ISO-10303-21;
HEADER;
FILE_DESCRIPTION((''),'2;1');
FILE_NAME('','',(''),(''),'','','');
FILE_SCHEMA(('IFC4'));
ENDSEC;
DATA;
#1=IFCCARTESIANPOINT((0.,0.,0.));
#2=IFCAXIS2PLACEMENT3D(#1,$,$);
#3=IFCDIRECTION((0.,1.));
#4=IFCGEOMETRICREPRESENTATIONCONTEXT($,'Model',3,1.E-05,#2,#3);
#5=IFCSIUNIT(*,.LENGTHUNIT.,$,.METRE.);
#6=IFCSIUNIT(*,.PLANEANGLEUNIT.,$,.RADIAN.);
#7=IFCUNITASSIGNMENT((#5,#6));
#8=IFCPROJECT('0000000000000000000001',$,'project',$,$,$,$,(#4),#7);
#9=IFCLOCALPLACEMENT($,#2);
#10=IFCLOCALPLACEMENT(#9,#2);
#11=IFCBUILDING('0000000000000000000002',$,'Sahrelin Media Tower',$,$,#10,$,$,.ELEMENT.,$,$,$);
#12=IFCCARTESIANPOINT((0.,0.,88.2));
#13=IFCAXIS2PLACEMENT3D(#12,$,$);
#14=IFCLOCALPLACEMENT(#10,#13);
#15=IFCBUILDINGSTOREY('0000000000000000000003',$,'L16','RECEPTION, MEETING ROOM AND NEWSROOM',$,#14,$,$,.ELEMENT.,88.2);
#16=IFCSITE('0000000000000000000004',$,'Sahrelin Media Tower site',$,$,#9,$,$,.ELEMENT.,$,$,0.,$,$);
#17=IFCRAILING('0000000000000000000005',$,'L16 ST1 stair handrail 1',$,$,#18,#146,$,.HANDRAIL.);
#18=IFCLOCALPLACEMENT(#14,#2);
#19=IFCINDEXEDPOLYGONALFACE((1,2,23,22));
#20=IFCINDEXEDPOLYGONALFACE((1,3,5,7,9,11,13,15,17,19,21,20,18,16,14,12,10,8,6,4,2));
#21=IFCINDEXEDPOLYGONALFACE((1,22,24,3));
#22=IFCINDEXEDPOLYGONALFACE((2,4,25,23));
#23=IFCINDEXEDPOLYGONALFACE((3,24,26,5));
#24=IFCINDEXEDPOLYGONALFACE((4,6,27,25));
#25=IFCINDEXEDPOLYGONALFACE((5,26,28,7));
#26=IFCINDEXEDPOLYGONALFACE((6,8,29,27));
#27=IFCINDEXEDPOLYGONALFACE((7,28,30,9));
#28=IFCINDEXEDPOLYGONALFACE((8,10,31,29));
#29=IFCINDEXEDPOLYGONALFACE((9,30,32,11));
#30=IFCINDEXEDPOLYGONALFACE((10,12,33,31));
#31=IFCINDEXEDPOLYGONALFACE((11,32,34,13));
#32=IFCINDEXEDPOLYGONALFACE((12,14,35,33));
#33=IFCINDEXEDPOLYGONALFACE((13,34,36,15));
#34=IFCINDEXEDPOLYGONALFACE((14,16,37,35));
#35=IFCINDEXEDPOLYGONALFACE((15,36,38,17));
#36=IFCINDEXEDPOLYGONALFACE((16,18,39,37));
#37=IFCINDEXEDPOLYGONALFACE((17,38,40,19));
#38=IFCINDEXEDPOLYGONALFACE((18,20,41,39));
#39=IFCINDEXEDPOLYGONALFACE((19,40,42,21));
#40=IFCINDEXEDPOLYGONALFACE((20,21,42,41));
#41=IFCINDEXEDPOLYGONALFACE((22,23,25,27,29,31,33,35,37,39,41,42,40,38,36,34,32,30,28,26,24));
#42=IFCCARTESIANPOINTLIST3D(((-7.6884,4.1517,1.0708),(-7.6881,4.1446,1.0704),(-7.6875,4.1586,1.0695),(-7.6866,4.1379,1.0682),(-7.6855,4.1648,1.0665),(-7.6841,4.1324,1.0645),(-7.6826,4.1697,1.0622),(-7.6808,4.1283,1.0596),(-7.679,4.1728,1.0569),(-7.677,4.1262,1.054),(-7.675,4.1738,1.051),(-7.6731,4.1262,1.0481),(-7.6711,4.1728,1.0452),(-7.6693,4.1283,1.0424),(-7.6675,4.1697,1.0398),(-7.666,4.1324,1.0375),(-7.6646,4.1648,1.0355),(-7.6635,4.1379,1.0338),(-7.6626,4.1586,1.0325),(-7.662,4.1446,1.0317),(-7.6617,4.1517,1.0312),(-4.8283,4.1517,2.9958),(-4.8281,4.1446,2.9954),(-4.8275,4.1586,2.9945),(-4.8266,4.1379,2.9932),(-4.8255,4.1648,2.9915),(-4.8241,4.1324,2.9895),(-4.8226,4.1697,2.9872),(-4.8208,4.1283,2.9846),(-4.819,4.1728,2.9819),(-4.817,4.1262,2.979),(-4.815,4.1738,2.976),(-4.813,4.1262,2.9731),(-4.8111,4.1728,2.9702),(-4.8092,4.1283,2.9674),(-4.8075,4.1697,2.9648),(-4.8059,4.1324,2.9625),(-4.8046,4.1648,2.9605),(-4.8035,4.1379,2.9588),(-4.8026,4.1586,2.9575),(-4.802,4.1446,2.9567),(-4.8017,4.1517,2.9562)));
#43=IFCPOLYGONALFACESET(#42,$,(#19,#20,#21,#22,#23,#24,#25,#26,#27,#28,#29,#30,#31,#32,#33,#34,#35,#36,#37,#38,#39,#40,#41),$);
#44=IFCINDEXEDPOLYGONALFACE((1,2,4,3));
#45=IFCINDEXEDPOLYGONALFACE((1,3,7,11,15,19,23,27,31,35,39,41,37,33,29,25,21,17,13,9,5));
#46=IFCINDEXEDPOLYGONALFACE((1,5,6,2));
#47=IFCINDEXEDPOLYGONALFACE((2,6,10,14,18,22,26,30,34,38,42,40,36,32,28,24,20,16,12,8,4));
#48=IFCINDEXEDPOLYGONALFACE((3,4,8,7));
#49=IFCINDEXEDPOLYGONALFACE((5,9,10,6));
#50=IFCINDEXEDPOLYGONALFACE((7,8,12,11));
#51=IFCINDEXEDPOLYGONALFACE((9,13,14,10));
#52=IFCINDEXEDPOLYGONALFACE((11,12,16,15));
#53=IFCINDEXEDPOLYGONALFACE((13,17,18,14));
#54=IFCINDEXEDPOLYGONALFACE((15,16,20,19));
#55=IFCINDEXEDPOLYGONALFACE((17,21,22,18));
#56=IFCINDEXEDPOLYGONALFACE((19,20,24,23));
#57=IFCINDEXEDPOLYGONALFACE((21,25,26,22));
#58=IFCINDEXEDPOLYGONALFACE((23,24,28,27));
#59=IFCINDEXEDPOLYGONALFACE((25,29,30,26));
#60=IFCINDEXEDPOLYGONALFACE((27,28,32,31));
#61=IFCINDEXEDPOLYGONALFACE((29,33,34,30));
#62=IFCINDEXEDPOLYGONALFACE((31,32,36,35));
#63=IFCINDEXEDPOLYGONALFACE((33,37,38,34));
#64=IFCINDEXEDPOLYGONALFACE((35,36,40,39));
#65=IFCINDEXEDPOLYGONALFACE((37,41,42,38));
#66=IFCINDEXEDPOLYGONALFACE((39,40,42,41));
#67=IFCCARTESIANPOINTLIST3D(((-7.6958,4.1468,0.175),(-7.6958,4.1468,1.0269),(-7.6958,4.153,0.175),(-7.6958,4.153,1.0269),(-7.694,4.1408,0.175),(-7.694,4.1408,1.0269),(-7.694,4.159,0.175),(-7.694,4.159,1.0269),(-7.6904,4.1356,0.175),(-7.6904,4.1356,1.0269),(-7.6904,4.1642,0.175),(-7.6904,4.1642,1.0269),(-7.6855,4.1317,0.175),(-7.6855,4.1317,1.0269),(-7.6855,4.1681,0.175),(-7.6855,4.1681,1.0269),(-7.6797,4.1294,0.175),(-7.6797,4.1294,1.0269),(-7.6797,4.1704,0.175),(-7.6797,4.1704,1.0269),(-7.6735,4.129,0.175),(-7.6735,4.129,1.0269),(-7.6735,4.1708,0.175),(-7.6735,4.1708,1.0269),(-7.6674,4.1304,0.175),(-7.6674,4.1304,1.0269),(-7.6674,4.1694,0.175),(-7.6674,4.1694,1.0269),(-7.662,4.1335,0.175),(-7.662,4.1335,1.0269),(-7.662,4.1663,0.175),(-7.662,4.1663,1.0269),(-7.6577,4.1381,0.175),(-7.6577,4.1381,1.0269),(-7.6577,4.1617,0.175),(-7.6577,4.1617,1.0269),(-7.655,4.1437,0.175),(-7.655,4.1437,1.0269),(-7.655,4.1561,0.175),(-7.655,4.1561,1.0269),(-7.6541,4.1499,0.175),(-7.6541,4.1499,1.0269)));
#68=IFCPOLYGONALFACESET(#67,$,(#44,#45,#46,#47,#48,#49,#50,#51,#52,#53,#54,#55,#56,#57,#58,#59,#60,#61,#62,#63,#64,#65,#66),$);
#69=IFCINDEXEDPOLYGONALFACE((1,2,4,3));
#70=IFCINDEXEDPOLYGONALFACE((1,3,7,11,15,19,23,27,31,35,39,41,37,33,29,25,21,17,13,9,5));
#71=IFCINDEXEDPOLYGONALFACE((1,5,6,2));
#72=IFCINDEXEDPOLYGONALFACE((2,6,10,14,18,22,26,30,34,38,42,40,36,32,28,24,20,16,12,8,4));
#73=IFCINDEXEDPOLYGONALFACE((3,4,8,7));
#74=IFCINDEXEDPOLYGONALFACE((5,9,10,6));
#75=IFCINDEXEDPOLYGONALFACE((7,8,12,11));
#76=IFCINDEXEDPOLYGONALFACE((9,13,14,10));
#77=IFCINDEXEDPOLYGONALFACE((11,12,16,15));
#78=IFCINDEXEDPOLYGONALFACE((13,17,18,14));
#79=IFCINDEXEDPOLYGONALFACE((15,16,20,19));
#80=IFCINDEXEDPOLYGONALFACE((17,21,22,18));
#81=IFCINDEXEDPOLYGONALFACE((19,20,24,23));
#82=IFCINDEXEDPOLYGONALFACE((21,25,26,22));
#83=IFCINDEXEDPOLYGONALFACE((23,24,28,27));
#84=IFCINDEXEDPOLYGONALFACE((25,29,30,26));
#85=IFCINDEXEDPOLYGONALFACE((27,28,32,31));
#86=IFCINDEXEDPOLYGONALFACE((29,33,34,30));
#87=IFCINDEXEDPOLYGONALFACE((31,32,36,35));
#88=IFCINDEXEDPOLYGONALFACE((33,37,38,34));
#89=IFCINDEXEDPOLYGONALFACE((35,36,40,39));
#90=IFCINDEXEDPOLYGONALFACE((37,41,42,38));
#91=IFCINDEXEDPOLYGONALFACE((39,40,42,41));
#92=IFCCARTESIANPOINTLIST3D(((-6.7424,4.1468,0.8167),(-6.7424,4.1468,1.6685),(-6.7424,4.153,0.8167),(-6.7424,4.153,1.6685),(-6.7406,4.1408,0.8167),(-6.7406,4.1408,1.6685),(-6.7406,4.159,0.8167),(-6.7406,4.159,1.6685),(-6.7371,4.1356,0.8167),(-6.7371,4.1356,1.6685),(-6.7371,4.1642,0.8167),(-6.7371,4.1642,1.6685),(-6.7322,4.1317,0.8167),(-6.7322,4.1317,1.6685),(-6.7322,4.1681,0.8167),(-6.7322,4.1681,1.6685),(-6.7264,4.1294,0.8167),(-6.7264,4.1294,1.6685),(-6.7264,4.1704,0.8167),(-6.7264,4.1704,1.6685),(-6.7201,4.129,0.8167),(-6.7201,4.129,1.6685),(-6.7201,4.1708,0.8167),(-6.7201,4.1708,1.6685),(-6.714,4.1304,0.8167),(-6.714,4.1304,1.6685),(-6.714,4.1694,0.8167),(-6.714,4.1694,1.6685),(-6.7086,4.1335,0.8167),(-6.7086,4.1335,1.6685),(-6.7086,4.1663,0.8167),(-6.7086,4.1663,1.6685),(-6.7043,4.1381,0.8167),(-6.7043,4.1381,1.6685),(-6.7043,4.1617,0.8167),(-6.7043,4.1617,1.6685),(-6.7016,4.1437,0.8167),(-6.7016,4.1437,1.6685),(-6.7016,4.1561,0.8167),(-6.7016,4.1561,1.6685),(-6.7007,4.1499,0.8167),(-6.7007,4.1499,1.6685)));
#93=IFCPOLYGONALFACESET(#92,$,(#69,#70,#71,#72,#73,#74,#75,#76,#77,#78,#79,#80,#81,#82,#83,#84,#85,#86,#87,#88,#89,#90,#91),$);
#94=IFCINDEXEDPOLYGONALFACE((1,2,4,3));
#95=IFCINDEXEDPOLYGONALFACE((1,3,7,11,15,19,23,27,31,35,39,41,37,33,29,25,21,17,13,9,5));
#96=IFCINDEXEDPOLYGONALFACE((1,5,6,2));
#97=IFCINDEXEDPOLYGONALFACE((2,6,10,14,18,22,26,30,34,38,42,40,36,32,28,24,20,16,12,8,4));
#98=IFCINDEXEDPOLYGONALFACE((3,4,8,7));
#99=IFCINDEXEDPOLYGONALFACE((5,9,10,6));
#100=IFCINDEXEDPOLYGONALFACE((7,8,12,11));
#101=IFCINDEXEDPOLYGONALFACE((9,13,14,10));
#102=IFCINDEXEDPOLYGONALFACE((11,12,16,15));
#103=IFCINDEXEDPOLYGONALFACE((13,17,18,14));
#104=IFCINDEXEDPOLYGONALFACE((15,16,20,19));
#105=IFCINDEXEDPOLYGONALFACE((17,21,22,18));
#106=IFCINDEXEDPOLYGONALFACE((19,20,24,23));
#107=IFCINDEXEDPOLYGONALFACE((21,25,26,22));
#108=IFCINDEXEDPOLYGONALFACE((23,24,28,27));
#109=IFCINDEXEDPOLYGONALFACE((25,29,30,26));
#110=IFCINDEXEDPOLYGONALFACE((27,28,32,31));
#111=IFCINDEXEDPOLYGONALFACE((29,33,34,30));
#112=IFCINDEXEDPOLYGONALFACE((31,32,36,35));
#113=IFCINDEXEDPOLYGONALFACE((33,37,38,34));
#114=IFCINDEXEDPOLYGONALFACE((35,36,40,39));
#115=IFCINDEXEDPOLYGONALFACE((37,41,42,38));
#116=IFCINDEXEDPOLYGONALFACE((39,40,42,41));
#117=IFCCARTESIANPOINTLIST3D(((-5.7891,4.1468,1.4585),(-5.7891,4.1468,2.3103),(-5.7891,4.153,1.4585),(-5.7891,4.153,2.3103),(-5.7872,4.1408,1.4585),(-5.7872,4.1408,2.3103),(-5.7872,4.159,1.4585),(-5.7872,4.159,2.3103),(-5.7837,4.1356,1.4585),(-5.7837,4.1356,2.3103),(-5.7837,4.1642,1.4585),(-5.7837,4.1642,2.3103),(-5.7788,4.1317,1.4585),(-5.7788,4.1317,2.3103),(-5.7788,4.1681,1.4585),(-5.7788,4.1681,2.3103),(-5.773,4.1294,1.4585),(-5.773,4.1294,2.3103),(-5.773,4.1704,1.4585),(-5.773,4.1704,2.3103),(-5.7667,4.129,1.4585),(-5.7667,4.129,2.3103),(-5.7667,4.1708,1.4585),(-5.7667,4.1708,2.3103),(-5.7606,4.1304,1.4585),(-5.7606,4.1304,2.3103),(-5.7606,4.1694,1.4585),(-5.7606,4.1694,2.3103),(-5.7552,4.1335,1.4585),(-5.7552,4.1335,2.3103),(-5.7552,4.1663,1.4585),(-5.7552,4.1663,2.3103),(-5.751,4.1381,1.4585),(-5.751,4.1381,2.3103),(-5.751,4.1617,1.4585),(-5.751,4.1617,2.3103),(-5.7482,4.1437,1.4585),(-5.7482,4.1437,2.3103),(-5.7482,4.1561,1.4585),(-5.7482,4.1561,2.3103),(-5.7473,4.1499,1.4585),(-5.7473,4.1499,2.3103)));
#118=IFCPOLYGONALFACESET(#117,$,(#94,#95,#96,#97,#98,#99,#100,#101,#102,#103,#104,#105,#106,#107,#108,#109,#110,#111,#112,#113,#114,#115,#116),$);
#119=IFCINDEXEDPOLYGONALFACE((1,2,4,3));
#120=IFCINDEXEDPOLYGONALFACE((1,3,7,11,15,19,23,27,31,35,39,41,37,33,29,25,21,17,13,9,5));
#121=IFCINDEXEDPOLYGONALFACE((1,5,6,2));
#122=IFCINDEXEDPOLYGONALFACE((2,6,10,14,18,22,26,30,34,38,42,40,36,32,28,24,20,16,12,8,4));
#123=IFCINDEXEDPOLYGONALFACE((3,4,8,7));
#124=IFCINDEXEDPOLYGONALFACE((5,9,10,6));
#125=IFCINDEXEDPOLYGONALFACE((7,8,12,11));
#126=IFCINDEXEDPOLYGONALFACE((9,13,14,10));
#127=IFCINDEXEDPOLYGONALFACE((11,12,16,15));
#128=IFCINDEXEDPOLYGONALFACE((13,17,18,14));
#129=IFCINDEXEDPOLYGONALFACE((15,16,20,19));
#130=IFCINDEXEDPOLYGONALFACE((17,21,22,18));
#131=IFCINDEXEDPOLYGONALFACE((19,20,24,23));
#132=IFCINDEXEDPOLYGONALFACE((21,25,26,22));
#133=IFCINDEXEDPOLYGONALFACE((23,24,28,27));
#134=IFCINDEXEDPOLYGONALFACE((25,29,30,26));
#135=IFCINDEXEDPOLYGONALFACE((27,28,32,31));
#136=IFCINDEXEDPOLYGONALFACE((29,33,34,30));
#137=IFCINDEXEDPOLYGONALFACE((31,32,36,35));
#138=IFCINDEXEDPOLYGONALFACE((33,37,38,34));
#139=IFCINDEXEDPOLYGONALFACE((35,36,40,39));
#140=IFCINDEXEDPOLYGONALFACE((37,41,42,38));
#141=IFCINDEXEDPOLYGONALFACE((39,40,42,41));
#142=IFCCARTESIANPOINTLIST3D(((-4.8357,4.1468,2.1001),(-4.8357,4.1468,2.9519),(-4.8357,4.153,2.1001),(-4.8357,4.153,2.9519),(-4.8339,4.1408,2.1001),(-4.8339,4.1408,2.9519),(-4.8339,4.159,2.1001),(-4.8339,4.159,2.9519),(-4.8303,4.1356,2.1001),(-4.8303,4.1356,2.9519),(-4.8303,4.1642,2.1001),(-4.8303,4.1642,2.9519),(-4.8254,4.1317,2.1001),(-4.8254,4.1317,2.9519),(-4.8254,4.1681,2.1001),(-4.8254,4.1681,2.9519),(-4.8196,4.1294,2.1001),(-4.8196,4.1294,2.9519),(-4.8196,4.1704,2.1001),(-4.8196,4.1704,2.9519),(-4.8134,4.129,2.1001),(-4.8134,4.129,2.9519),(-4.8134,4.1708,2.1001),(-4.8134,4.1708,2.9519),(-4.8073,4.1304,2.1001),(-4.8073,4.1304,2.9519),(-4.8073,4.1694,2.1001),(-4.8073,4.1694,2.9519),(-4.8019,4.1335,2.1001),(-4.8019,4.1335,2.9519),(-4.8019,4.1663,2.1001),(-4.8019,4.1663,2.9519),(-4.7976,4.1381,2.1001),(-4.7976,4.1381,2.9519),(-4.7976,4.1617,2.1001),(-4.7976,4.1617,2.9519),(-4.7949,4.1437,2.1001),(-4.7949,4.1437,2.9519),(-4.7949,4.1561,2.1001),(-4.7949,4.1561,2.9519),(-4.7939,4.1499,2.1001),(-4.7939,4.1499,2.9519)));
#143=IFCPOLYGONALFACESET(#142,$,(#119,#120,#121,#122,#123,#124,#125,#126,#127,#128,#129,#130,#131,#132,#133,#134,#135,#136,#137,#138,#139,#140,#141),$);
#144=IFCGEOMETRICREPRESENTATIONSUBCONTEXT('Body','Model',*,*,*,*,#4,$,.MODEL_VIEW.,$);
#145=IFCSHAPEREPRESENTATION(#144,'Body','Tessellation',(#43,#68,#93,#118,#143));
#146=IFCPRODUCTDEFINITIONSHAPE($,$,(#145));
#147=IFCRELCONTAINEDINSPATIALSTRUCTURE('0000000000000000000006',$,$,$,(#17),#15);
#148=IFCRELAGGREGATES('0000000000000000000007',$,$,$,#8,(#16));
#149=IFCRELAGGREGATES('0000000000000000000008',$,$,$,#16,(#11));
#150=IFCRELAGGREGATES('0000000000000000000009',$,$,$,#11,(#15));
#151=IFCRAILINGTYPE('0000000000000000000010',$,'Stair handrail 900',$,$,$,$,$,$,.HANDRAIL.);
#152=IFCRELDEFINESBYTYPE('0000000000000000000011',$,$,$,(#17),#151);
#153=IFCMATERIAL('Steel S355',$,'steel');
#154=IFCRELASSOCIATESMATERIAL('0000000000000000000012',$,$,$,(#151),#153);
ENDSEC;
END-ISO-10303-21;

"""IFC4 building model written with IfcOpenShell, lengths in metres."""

from ifc_helpers import new_model, si_unit, direction, frame, origin, origin_2d, place, context, subcontext, project, spatial, circle, extrude, material, type_object, element, save


model = new_model("IFC4")

# Units and contexts
model_context = context("Model", 3, precision=1e-05, world=origin(), true_north=direction((0.0, 1.0)))
body_context = subcontext(model_context, "Body", "Model", "MODEL_VIEW")
ifc_project = project(units=[si_unit("LENGTHUNIT", "METRE"), si_unit("PLANEANGLEUNIT", "RADIAN")], contexts=[model_context])

# Site, building, storey
site_placement = place(None, origin())
site = spatial("IfcSite", under=ifc_project, at=site_placement, Name="Sahrelin Media Tower site", CompositionType="ELEMENT", RefElevation=0.0)
building_placement = place(site_placement, origin())
building = spatial("IfcBuilding", under=site, at=building_placement, Name="Sahrelin Media Tower", CompositionType="ELEMENT")
storey_placement = place(building_placement, frame((0.0, 0.0, 88.2)))
storey = spatial("IfcBuildingStorey", under=building, at=storey_placement, Name="L16", Description="RECEPTION, MEETING ROOM AND NEWSROOM", CompositionType="ELEMENT", Elevation=88.2)

# Shared definitions
ifc_material_1 = material(Name="Steel S355", Category="steel")

# Railing
railing_type_1 = type_object("IfcRailingType", Name="Stair handrail 900", PredefinedType="HANDRAIL", material=ifc_material_1)
railing_1_placement = place(storey_placement, frame((-7.675, 4.1499, 0.175)))
element("IfcRailing", 1, at=railing_1_placement, inside=storey, type_object=railing_type_1, Name="L16 ST1 stair handrail 1", PredefinedType="HANDRAIL", context=body_context, shape_type="SweptSolid", body=[
    extrude(circle(Radius=0.0239, at=origin_2d()), frame((0.0, 0.0, 0.876), z_axis=(0.829591, 0.0, 0.558372), x_axis=(0.0, 1.0, 0.0)), (0.0, 0.0, 1.0), 3.4475),
    extrude(circle(Radius=0.021, at=origin_2d()), origin(), (0.0, 0.0, 1.0), 0.8518),
    extrude(circle(Radius=0.021, at=origin_2d()), frame((0.9534, 0.0, 0.6416)), (0.0, 0.0, 1.0), 0.8518),
    extrude(circle(Radius=0.021, at=origin_2d()), frame((1.9067, 0.0, 1.2834)), (0.0, 0.0, 1.0), 0.8518),
    extrude(circle(Radius=0.021, at=origin_2d()), frame((2.8601, 0.0, 1.925)), (0.0, 0.0, 1.0), 0.8518),
])

save(model, "model.ifc")
